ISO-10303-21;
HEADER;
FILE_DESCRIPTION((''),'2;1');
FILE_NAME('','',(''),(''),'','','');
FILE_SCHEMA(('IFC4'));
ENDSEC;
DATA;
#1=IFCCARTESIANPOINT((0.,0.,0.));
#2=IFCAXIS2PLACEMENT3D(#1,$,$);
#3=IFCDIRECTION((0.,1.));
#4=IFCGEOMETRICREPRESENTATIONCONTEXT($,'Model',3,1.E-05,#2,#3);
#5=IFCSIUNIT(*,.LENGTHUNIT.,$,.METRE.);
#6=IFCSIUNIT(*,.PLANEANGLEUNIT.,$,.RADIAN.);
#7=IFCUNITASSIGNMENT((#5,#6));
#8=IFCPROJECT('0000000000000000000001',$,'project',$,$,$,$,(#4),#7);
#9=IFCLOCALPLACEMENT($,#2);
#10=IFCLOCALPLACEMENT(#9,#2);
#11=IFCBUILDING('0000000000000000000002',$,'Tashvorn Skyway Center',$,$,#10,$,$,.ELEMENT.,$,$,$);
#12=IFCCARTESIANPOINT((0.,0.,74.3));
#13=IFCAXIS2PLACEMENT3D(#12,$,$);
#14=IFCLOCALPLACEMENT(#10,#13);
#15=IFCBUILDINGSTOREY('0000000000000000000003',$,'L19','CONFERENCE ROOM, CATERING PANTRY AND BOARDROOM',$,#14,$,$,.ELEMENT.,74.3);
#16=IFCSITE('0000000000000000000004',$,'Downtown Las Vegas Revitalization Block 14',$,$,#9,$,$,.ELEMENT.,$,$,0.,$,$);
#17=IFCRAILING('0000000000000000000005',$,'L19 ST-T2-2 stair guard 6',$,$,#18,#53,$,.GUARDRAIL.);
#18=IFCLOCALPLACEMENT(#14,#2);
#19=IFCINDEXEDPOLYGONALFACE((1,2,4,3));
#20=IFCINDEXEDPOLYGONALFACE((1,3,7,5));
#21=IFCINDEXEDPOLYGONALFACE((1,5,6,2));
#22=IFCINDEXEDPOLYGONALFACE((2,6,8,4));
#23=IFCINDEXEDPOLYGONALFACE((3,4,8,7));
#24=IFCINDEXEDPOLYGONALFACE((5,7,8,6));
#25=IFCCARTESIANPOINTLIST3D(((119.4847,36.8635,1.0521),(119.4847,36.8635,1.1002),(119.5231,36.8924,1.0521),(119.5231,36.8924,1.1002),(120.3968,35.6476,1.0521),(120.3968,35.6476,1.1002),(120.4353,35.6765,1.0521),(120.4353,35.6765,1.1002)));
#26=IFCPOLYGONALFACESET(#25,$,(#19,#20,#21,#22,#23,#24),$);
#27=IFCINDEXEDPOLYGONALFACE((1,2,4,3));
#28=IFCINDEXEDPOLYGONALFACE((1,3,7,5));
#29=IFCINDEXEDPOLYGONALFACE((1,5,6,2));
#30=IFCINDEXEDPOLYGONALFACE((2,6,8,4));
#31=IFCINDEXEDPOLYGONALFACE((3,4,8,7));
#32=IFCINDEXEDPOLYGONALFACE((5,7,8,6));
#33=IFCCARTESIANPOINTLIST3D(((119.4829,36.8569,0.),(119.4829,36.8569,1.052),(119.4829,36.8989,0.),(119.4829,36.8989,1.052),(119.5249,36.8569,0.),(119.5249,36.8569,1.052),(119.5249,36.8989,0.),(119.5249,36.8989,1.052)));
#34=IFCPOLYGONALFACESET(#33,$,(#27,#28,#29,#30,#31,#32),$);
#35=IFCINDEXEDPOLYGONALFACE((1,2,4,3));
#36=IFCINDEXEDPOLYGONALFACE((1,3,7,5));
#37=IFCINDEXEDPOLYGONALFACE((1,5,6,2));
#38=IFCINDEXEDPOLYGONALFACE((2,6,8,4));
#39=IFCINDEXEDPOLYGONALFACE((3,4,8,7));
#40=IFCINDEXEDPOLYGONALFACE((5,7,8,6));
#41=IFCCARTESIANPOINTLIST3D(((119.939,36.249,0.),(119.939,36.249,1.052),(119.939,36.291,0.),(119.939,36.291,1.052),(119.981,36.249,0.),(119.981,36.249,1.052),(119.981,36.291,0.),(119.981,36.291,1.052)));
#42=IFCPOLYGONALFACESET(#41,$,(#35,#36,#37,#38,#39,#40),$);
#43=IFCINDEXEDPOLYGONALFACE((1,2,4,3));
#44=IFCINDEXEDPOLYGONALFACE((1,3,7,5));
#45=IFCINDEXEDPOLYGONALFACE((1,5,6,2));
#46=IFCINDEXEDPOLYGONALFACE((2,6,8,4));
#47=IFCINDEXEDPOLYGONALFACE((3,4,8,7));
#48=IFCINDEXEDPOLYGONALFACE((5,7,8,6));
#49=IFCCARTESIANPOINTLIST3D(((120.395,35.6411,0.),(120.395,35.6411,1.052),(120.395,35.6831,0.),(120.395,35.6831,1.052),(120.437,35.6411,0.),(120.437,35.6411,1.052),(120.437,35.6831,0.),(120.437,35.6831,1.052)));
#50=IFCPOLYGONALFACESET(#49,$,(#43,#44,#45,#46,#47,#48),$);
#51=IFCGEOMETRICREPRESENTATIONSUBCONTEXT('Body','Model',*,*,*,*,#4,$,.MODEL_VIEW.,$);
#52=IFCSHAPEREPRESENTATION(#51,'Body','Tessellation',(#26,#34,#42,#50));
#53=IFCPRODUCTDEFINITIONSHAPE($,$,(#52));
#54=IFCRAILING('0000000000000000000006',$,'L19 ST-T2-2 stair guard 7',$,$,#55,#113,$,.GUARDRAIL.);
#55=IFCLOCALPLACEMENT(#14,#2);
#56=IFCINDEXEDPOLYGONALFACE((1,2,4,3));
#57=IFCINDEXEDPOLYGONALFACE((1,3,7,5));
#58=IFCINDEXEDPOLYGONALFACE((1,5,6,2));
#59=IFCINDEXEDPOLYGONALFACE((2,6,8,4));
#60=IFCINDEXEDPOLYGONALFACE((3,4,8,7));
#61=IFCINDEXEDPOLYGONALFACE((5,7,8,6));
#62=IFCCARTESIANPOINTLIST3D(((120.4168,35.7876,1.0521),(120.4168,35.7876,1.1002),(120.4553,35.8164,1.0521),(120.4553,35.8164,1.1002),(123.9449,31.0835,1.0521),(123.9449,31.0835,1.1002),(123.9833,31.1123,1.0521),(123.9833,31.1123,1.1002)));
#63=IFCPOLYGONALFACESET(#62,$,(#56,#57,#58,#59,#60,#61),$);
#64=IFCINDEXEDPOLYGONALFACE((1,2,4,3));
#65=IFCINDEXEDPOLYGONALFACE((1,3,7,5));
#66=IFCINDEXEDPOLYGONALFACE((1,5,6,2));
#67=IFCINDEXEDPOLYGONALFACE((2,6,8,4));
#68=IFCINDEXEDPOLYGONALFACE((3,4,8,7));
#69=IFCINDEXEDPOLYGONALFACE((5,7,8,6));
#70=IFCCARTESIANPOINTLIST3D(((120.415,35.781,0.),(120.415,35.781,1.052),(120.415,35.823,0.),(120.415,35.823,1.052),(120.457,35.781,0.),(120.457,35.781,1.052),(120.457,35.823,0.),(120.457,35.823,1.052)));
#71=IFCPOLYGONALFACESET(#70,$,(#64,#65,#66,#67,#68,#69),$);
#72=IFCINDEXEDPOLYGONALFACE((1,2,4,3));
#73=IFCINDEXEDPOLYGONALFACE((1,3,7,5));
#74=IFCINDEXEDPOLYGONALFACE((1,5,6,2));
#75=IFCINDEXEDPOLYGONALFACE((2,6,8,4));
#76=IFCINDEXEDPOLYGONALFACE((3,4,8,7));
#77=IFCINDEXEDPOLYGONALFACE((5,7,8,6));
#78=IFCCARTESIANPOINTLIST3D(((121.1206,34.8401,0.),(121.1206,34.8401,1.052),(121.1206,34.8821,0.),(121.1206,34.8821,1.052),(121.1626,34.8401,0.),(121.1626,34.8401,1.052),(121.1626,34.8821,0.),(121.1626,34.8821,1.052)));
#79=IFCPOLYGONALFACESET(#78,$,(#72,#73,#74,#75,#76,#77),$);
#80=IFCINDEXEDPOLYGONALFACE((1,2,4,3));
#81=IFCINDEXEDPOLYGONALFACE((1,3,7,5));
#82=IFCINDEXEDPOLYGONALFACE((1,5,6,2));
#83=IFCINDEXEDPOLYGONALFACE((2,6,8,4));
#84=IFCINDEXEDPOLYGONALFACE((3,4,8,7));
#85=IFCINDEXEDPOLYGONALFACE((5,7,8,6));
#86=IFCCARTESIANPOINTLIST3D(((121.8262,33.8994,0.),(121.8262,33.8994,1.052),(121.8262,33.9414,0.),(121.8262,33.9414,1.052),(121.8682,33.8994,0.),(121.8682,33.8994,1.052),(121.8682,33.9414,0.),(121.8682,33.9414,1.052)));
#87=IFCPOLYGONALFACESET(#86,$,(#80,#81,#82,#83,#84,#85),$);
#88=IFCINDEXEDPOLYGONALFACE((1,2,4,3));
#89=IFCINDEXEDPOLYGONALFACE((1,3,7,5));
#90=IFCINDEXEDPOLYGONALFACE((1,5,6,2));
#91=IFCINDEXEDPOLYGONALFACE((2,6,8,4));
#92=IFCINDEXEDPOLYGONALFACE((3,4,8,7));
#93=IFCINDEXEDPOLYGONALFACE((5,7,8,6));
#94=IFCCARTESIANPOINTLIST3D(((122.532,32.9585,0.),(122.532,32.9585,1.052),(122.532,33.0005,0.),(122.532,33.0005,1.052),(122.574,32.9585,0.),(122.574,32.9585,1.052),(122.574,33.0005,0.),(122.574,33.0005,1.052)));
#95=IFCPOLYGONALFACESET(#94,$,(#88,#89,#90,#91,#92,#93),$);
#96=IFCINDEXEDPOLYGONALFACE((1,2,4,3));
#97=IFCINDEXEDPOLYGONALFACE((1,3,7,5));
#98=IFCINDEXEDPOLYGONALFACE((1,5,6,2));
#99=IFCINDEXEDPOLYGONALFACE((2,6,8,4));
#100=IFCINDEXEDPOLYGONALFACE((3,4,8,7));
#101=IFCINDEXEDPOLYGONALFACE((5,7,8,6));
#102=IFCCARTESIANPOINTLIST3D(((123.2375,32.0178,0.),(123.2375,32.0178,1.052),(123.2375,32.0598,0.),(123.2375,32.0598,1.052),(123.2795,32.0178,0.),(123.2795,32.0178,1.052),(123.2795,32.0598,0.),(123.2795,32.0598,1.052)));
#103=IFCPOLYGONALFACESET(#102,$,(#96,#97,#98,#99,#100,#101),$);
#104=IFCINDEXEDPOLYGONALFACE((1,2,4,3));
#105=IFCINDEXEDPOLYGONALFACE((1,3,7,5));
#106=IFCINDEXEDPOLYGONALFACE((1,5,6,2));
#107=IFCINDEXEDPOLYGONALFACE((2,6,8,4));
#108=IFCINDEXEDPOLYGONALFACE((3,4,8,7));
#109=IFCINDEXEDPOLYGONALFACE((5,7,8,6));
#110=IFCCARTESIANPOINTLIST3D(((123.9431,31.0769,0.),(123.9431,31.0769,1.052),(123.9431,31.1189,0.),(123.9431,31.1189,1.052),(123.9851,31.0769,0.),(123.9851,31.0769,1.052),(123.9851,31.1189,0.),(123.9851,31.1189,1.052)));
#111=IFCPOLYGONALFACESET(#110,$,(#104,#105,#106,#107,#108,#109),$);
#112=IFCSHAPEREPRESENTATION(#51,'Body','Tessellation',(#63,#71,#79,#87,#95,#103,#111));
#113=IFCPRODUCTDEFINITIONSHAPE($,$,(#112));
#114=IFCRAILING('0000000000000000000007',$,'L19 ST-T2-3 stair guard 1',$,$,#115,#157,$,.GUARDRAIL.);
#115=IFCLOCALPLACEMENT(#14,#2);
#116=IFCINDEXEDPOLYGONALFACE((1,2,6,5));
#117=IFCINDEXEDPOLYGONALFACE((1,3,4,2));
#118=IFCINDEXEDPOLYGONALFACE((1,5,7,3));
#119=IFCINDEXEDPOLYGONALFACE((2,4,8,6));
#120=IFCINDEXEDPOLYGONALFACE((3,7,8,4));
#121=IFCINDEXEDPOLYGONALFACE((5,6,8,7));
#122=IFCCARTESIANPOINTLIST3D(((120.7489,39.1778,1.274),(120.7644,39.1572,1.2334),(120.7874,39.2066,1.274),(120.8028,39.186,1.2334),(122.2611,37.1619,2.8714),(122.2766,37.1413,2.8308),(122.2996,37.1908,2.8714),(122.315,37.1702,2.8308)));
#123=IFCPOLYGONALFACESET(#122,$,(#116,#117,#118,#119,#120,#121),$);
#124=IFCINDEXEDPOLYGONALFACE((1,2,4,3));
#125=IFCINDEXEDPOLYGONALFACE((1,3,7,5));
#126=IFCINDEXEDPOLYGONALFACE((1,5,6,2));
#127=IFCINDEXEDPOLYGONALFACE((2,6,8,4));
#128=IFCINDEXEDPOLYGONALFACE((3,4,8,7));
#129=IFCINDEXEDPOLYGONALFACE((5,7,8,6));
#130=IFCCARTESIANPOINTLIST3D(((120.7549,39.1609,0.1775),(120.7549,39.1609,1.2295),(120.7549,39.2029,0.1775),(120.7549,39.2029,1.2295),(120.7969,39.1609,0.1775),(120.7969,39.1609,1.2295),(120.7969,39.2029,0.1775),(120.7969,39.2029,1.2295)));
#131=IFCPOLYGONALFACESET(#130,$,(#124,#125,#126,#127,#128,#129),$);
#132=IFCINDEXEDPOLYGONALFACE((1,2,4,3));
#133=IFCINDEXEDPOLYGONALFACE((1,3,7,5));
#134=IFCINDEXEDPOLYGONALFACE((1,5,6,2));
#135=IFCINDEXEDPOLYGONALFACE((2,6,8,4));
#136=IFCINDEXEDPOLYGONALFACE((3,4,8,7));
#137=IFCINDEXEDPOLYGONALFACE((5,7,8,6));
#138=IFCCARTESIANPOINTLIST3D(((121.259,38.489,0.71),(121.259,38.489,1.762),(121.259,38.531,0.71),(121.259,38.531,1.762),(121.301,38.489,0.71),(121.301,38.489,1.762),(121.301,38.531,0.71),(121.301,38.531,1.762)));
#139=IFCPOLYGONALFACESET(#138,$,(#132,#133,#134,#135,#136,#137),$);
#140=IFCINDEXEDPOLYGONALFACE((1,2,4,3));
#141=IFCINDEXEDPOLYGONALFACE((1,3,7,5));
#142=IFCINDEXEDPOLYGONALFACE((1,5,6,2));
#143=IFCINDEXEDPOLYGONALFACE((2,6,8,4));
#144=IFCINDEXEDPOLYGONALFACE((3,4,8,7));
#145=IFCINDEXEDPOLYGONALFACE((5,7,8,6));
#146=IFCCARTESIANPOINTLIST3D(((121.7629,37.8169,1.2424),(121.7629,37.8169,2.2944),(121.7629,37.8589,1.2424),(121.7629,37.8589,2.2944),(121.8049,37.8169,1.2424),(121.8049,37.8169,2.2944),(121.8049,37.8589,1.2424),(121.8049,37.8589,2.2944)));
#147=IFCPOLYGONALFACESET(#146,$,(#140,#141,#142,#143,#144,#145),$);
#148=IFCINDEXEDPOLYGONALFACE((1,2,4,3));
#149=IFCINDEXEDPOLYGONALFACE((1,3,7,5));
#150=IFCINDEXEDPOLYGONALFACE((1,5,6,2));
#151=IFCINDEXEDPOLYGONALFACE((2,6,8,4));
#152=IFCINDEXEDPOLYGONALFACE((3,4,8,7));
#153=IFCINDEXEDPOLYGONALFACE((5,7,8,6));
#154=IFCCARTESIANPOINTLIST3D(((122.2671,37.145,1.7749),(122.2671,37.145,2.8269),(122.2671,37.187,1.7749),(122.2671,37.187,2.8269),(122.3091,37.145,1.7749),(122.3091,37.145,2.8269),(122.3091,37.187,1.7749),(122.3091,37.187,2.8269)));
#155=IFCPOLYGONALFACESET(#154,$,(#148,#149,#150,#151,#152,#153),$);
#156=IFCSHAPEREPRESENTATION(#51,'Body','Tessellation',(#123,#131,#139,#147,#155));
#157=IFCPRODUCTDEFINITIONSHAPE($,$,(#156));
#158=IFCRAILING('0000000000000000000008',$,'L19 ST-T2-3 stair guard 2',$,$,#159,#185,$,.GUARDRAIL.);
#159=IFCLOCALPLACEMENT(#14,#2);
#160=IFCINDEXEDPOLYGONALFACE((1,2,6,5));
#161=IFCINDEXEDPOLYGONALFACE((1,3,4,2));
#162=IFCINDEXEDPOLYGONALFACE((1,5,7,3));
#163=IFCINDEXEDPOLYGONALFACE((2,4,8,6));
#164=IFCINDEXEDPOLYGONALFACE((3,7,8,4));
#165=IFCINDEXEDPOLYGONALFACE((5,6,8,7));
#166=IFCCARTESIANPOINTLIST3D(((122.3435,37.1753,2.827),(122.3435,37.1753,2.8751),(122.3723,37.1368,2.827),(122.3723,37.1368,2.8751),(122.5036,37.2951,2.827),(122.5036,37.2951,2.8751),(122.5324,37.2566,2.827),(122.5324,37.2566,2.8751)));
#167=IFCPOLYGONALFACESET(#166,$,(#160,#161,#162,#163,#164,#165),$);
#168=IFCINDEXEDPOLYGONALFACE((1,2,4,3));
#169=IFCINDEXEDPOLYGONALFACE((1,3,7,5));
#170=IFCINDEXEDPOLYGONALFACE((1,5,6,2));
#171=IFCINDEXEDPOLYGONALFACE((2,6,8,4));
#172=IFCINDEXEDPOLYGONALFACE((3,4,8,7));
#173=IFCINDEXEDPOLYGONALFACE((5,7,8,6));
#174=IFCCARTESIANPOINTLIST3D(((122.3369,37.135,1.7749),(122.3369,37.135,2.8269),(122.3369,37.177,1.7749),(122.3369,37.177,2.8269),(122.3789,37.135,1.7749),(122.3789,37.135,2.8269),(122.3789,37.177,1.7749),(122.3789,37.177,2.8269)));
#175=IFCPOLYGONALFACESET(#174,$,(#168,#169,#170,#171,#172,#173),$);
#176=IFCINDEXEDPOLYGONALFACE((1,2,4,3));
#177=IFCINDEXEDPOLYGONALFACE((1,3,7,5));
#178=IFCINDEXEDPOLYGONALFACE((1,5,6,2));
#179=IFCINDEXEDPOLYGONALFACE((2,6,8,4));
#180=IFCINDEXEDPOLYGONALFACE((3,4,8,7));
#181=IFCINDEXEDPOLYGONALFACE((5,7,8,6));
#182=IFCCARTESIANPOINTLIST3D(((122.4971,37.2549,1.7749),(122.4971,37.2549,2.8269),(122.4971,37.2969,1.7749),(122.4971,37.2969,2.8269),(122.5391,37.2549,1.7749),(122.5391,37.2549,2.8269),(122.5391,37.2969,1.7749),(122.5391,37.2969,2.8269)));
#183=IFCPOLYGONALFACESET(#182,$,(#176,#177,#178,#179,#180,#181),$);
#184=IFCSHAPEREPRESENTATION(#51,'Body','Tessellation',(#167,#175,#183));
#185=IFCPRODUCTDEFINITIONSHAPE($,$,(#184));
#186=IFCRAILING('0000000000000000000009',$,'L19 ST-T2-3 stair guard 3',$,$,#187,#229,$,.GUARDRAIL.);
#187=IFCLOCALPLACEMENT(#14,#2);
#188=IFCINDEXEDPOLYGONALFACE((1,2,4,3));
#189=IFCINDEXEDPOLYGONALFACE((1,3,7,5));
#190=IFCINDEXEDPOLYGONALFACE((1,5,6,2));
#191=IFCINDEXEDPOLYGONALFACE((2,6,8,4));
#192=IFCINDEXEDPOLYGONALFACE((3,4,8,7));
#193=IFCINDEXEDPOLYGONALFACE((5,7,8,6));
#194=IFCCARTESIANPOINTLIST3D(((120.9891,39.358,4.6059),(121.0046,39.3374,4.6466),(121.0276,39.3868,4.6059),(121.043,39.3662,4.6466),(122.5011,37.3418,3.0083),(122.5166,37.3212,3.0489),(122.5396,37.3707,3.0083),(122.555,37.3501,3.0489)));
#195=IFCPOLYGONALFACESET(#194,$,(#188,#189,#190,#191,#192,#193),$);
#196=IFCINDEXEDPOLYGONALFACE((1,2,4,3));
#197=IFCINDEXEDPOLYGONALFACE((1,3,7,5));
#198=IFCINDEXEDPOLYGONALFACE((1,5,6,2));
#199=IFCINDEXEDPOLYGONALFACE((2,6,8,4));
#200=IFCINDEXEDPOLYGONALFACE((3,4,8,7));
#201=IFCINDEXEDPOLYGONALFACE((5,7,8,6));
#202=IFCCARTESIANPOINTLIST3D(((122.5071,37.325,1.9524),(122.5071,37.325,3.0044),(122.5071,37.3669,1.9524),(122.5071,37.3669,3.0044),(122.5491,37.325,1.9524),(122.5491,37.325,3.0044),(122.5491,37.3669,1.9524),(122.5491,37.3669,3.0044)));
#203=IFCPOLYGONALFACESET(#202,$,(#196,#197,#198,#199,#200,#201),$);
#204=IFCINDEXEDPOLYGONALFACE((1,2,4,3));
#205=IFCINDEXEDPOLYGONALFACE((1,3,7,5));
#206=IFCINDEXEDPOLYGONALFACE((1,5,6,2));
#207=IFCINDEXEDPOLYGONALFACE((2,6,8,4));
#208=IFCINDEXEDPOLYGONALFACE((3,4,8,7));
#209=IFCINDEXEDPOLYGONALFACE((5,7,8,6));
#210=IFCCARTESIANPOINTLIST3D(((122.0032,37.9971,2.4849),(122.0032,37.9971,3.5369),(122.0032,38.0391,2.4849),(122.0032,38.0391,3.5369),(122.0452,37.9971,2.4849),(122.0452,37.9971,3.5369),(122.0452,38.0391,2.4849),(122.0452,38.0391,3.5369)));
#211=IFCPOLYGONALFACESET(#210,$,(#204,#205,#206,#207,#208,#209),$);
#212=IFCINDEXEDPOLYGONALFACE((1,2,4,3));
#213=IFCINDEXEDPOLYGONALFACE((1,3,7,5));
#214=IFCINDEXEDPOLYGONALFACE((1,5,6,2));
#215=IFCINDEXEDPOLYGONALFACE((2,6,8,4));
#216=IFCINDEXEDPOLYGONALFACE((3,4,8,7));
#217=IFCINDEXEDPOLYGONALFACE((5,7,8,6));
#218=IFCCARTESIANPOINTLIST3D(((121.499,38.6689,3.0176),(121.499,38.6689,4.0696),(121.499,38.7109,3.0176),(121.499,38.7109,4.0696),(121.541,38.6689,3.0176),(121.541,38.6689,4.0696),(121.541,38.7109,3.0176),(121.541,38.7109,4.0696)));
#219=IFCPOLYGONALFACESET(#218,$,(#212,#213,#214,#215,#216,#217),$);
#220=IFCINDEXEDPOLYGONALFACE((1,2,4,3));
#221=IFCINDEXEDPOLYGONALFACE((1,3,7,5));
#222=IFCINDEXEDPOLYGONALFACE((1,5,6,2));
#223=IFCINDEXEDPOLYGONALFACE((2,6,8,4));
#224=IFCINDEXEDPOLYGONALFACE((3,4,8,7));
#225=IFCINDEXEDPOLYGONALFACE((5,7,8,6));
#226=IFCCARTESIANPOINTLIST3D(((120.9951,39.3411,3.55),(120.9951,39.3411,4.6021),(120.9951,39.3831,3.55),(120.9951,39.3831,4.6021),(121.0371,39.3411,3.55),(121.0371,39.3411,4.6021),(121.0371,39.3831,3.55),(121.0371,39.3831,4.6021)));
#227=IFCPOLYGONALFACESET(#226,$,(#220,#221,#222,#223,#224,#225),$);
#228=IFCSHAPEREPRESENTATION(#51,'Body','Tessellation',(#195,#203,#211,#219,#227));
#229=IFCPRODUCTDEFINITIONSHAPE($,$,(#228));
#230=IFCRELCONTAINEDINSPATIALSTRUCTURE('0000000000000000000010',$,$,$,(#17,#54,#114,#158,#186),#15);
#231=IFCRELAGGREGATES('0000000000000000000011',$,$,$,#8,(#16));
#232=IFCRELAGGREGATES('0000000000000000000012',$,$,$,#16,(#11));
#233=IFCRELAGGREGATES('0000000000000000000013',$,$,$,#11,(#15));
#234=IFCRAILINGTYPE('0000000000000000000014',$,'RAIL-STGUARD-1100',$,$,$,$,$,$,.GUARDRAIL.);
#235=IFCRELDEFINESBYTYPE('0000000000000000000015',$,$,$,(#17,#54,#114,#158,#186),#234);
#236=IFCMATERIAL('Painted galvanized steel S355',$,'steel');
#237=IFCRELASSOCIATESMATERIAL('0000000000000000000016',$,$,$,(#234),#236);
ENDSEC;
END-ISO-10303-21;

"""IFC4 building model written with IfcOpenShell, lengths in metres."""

from ifc_helpers import new_model, si_unit, direction, frame, origin, origin_2d, place, context, subcontext, project, spatial, rectangle, extrude, material, type_object, element, save


model = new_model("IFC4")

# Units and contexts
model_context = context("Model", 3, precision=1e-05, world=origin(), true_north=direction((0.0, 1.0)))
body_context = subcontext(model_context, "Body", "Model", "MODEL_VIEW")
ifc_project = project(units=[si_unit("LENGTHUNIT", "METRE"), si_unit("PLANEANGLEUNIT", "RADIAN")], contexts=[model_context])

# Site, building, storey
site_placement = place(None, origin())
site = spatial("IfcSite", under=ifc_project, at=site_placement, Name="Downtown Las Vegas Revitalization Block 14", CompositionType="ELEMENT", RefElevation=0.0)
building_placement = place(site_placement, origin())
building = spatial("IfcBuilding", under=site, at=building_placement, Name="Tashvorn Skyway Center", CompositionType="ELEMENT")
storey_placement = place(building_placement, frame((0.0, 0.0, 74.3)))
storey = spatial("IfcBuildingStorey", under=building, at=storey_placement, Name="L19", Description="CONFERENCE ROOM, CATERING PANTRY AND BOARDROOM", CompositionType="ELEMENT", Elevation=74.3)

# Railings
ifc_material_1 = material(Name="Painted galvanized steel S355", Category="steel")
railing_type_1 = type_object("IfcRailingType", Name="RAIL-STGUARD-1100", PredefinedType="GUARDRAIL", material=ifc_material_1)
railing_1_placement = place(storey_placement, frame((119.5039, 36.8779, 0.0)))
element("IfcRailing", 1, at=railing_1_placement, inside=storey, type_object=railing_type_1, Name="L19 ST-T2-2 stair guard 6", PredefinedType="GUARDRAIL", context=body_context, shape_type="SweptSolid", body=[
    extrude(rectangle(XDim=0.0481, YDim=0.0481, at=origin_2d()), frame((0.0, 0.0, 1.0762), z_axis=(0.600103, -0.799923, 0.0), x_axis=(0.799923, 0.600103, 0.0)), (0.0, 0.0, 1.0), 1.52),
    extrude(rectangle(XDim=0.042, YDim=0.042, at=origin_2d()), origin(), (0.0, 0.0, 1.0), 1.052),
    extrude(rectangle(XDim=0.042, YDim=0.042, at=origin_2d()), frame((0.4561, -0.6079, 0.0)), (0.0, 0.0, 1.0), 1.052),
    extrude(rectangle(XDim=0.042, YDim=0.042, at=origin_2d()), frame((0.9121, -1.2158, 0.0)), (0.0, 0.0, 1.0), 1.052),
])
railing_2_placement = place(storey_placement, frame((120.436, 35.802, 0.0)))
element("IfcRailing", 2, at=railing_2_placement, inside=storey, type_object=railing_type_1, Name="L19 ST-T2-2 stair guard 7", PredefinedType="GUARDRAIL", context=body_context, shape_type="SweptSolid", body=[
    extrude(rectangle(XDim=0.0481, YDim=0.0481, at=origin_2d()), frame((0.0, 0.0, 1.0762), z_axis=(0.6, -0.8, 0.0), x_axis=(0.8, 0.6, 0.0)), (0.0, 0.0, 1.0), 5.8801),
    extrude(rectangle(XDim=0.042, YDim=0.042, at=origin_2d()), origin(), (0.0, 0.0, 1.0), 1.052),
    extrude(rectangle(XDim=0.042, YDim=0.042, at=origin_2d()), frame((0.7056, -0.9409, 0.0)), (0.0, 0.0, 1.0), 1.052),
    extrude(rectangle(XDim=0.042, YDim=0.042, at=origin_2d()), frame((1.4111, -1.8816, 0.0)), (0.0, 0.0, 1.0), 1.052),
    extrude(rectangle(XDim=0.042, YDim=0.042, at=origin_2d()), frame((2.1169, -2.8225, 0.0)), (0.0, 0.0, 1.0), 1.052),
    extrude(rectangle(XDim=0.042, YDim=0.042, at=origin_2d()), frame((2.8225, -3.7632, 0.0)), (0.0, 0.0, 1.0), 1.052),
    extrude(rectangle(XDim=0.042, YDim=0.042, at=origin_2d()), frame((3.5281, -4.7041, 0.0)), (0.0, 0.0, 1.0), 1.052),
])
railing_3_placement = place(storey_placement, frame((120.7759, 39.1819, 0.1775)))
element("IfcRailing", 3, at=railing_3_placement, inside=storey, type_object=railing_type_1, Name="L19 ST-T2-3 stair guard 1", PredefinedType="GUARDRAIL", context=body_context, shape_type="SweptSolid", body=[
    extrude(rectangle(XDim=0.0481, YDim=0.0481, at=origin_2d()), frame((0.0, 0.0, 1.0762), z_axis=(0.50683, -0.675636, 0.535387), x_axis=(0.799942, 0.600078, 0.0)), (0.0, 0.0, 1.0), 2.9836),
    extrude(rectangle(XDim=0.042, YDim=0.042, at=origin_2d()), origin(), (0.0, 0.0, 1.0), 1.052),
    extrude(rectangle(XDim=0.042, YDim=0.042, at=origin_2d()), frame((0.5042, -0.6719, 0.5325)), (0.0, 0.0, 1.0), 1.052),
    extrude(rectangle(XDim=0.042, YDim=0.042, at=origin_2d()), frame((1.0081, -1.344, 1.0649)), (0.0, 0.0, 1.0), 1.052),
    extrude(rectangle(XDim=0.042, YDim=0.042, at=origin_2d()), frame((1.5122, -2.0159, 1.5974)), (0.0, 0.0, 1.0), 1.052),
])
railing_4_placement = place(storey_placement, frame((122.3579, 37.156, 1.7749)))
element("IfcRailing", 4, at=railing_4_placement, inside=storey, type_object=railing_type_1, Name="L19 ST-T2-3 stair guard 2", PredefinedType="GUARDRAIL", context=body_context, shape_type="SweptSolid", body=[
    extrude(rectangle(XDim=0.0481, YDim=0.0481, at=origin_2d()), frame((0.0, 0.0, 1.0762), z_axis=(0.800585, 0.599219, 0.0), x_axis=(-0.599219, 0.800585, 0.0)), (0.0, 0.0, 1.0), 0.2),
    extrude(rectangle(XDim=0.042, YDim=0.042, at=origin_2d()), origin(), (0.0, 0.0, 1.0), 1.052),
    extrude(rectangle(XDim=0.042, YDim=0.042, at=origin_2d()), frame((0.1602, 0.1199, 0.0)), (0.0, 0.0, 1.0), 1.052),
])
railing_5_placement = place(storey_placement, frame((122.5281, 37.3459, 1.9524)))
element("IfcRailing", 5, at=railing_5_placement, inside=storey, type_object=railing_type_1, Name="L19 ST-T2-3 stair guard 3", PredefinedType="GUARDRAIL", context=body_context, shape_type="SweptSolid", body=[
    extrude(rectangle(XDim=0.0481, YDim=0.0481, at=origin_2d()), frame((0.0, 0.0, 1.0762), z_axis=(-0.506719, 0.675679, 0.535438), x_axis=(-0.800023, -0.599969, 0.0)), (0.0, 0.0, 1.0), 2.9839),
    extrude(rectangle(XDim=0.042, YDim=0.042, at=origin_2d()), origin(), (0.0, 0.0, 1.0), 1.052),
    extrude(rectangle(XDim=0.042, YDim=0.042, at=origin_2d()), frame((-0.5039, 0.6721, 0.5325)), (0.0, 0.0, 1.0), 1.052),
    extrude(rectangle(XDim=0.042, YDim=0.042, at=origin_2d()), frame((-1.0081, 1.344, 1.0652)), (0.0, 0.0, 1.0), 1.052),
    extrude(rectangle(XDim=0.042, YDim=0.042, at=origin_2d()), frame((-1.512, 2.0161, 1.5977)), (0.0, 0.0, 1.0), 1.052),
])

save(model, "model.ifc")
